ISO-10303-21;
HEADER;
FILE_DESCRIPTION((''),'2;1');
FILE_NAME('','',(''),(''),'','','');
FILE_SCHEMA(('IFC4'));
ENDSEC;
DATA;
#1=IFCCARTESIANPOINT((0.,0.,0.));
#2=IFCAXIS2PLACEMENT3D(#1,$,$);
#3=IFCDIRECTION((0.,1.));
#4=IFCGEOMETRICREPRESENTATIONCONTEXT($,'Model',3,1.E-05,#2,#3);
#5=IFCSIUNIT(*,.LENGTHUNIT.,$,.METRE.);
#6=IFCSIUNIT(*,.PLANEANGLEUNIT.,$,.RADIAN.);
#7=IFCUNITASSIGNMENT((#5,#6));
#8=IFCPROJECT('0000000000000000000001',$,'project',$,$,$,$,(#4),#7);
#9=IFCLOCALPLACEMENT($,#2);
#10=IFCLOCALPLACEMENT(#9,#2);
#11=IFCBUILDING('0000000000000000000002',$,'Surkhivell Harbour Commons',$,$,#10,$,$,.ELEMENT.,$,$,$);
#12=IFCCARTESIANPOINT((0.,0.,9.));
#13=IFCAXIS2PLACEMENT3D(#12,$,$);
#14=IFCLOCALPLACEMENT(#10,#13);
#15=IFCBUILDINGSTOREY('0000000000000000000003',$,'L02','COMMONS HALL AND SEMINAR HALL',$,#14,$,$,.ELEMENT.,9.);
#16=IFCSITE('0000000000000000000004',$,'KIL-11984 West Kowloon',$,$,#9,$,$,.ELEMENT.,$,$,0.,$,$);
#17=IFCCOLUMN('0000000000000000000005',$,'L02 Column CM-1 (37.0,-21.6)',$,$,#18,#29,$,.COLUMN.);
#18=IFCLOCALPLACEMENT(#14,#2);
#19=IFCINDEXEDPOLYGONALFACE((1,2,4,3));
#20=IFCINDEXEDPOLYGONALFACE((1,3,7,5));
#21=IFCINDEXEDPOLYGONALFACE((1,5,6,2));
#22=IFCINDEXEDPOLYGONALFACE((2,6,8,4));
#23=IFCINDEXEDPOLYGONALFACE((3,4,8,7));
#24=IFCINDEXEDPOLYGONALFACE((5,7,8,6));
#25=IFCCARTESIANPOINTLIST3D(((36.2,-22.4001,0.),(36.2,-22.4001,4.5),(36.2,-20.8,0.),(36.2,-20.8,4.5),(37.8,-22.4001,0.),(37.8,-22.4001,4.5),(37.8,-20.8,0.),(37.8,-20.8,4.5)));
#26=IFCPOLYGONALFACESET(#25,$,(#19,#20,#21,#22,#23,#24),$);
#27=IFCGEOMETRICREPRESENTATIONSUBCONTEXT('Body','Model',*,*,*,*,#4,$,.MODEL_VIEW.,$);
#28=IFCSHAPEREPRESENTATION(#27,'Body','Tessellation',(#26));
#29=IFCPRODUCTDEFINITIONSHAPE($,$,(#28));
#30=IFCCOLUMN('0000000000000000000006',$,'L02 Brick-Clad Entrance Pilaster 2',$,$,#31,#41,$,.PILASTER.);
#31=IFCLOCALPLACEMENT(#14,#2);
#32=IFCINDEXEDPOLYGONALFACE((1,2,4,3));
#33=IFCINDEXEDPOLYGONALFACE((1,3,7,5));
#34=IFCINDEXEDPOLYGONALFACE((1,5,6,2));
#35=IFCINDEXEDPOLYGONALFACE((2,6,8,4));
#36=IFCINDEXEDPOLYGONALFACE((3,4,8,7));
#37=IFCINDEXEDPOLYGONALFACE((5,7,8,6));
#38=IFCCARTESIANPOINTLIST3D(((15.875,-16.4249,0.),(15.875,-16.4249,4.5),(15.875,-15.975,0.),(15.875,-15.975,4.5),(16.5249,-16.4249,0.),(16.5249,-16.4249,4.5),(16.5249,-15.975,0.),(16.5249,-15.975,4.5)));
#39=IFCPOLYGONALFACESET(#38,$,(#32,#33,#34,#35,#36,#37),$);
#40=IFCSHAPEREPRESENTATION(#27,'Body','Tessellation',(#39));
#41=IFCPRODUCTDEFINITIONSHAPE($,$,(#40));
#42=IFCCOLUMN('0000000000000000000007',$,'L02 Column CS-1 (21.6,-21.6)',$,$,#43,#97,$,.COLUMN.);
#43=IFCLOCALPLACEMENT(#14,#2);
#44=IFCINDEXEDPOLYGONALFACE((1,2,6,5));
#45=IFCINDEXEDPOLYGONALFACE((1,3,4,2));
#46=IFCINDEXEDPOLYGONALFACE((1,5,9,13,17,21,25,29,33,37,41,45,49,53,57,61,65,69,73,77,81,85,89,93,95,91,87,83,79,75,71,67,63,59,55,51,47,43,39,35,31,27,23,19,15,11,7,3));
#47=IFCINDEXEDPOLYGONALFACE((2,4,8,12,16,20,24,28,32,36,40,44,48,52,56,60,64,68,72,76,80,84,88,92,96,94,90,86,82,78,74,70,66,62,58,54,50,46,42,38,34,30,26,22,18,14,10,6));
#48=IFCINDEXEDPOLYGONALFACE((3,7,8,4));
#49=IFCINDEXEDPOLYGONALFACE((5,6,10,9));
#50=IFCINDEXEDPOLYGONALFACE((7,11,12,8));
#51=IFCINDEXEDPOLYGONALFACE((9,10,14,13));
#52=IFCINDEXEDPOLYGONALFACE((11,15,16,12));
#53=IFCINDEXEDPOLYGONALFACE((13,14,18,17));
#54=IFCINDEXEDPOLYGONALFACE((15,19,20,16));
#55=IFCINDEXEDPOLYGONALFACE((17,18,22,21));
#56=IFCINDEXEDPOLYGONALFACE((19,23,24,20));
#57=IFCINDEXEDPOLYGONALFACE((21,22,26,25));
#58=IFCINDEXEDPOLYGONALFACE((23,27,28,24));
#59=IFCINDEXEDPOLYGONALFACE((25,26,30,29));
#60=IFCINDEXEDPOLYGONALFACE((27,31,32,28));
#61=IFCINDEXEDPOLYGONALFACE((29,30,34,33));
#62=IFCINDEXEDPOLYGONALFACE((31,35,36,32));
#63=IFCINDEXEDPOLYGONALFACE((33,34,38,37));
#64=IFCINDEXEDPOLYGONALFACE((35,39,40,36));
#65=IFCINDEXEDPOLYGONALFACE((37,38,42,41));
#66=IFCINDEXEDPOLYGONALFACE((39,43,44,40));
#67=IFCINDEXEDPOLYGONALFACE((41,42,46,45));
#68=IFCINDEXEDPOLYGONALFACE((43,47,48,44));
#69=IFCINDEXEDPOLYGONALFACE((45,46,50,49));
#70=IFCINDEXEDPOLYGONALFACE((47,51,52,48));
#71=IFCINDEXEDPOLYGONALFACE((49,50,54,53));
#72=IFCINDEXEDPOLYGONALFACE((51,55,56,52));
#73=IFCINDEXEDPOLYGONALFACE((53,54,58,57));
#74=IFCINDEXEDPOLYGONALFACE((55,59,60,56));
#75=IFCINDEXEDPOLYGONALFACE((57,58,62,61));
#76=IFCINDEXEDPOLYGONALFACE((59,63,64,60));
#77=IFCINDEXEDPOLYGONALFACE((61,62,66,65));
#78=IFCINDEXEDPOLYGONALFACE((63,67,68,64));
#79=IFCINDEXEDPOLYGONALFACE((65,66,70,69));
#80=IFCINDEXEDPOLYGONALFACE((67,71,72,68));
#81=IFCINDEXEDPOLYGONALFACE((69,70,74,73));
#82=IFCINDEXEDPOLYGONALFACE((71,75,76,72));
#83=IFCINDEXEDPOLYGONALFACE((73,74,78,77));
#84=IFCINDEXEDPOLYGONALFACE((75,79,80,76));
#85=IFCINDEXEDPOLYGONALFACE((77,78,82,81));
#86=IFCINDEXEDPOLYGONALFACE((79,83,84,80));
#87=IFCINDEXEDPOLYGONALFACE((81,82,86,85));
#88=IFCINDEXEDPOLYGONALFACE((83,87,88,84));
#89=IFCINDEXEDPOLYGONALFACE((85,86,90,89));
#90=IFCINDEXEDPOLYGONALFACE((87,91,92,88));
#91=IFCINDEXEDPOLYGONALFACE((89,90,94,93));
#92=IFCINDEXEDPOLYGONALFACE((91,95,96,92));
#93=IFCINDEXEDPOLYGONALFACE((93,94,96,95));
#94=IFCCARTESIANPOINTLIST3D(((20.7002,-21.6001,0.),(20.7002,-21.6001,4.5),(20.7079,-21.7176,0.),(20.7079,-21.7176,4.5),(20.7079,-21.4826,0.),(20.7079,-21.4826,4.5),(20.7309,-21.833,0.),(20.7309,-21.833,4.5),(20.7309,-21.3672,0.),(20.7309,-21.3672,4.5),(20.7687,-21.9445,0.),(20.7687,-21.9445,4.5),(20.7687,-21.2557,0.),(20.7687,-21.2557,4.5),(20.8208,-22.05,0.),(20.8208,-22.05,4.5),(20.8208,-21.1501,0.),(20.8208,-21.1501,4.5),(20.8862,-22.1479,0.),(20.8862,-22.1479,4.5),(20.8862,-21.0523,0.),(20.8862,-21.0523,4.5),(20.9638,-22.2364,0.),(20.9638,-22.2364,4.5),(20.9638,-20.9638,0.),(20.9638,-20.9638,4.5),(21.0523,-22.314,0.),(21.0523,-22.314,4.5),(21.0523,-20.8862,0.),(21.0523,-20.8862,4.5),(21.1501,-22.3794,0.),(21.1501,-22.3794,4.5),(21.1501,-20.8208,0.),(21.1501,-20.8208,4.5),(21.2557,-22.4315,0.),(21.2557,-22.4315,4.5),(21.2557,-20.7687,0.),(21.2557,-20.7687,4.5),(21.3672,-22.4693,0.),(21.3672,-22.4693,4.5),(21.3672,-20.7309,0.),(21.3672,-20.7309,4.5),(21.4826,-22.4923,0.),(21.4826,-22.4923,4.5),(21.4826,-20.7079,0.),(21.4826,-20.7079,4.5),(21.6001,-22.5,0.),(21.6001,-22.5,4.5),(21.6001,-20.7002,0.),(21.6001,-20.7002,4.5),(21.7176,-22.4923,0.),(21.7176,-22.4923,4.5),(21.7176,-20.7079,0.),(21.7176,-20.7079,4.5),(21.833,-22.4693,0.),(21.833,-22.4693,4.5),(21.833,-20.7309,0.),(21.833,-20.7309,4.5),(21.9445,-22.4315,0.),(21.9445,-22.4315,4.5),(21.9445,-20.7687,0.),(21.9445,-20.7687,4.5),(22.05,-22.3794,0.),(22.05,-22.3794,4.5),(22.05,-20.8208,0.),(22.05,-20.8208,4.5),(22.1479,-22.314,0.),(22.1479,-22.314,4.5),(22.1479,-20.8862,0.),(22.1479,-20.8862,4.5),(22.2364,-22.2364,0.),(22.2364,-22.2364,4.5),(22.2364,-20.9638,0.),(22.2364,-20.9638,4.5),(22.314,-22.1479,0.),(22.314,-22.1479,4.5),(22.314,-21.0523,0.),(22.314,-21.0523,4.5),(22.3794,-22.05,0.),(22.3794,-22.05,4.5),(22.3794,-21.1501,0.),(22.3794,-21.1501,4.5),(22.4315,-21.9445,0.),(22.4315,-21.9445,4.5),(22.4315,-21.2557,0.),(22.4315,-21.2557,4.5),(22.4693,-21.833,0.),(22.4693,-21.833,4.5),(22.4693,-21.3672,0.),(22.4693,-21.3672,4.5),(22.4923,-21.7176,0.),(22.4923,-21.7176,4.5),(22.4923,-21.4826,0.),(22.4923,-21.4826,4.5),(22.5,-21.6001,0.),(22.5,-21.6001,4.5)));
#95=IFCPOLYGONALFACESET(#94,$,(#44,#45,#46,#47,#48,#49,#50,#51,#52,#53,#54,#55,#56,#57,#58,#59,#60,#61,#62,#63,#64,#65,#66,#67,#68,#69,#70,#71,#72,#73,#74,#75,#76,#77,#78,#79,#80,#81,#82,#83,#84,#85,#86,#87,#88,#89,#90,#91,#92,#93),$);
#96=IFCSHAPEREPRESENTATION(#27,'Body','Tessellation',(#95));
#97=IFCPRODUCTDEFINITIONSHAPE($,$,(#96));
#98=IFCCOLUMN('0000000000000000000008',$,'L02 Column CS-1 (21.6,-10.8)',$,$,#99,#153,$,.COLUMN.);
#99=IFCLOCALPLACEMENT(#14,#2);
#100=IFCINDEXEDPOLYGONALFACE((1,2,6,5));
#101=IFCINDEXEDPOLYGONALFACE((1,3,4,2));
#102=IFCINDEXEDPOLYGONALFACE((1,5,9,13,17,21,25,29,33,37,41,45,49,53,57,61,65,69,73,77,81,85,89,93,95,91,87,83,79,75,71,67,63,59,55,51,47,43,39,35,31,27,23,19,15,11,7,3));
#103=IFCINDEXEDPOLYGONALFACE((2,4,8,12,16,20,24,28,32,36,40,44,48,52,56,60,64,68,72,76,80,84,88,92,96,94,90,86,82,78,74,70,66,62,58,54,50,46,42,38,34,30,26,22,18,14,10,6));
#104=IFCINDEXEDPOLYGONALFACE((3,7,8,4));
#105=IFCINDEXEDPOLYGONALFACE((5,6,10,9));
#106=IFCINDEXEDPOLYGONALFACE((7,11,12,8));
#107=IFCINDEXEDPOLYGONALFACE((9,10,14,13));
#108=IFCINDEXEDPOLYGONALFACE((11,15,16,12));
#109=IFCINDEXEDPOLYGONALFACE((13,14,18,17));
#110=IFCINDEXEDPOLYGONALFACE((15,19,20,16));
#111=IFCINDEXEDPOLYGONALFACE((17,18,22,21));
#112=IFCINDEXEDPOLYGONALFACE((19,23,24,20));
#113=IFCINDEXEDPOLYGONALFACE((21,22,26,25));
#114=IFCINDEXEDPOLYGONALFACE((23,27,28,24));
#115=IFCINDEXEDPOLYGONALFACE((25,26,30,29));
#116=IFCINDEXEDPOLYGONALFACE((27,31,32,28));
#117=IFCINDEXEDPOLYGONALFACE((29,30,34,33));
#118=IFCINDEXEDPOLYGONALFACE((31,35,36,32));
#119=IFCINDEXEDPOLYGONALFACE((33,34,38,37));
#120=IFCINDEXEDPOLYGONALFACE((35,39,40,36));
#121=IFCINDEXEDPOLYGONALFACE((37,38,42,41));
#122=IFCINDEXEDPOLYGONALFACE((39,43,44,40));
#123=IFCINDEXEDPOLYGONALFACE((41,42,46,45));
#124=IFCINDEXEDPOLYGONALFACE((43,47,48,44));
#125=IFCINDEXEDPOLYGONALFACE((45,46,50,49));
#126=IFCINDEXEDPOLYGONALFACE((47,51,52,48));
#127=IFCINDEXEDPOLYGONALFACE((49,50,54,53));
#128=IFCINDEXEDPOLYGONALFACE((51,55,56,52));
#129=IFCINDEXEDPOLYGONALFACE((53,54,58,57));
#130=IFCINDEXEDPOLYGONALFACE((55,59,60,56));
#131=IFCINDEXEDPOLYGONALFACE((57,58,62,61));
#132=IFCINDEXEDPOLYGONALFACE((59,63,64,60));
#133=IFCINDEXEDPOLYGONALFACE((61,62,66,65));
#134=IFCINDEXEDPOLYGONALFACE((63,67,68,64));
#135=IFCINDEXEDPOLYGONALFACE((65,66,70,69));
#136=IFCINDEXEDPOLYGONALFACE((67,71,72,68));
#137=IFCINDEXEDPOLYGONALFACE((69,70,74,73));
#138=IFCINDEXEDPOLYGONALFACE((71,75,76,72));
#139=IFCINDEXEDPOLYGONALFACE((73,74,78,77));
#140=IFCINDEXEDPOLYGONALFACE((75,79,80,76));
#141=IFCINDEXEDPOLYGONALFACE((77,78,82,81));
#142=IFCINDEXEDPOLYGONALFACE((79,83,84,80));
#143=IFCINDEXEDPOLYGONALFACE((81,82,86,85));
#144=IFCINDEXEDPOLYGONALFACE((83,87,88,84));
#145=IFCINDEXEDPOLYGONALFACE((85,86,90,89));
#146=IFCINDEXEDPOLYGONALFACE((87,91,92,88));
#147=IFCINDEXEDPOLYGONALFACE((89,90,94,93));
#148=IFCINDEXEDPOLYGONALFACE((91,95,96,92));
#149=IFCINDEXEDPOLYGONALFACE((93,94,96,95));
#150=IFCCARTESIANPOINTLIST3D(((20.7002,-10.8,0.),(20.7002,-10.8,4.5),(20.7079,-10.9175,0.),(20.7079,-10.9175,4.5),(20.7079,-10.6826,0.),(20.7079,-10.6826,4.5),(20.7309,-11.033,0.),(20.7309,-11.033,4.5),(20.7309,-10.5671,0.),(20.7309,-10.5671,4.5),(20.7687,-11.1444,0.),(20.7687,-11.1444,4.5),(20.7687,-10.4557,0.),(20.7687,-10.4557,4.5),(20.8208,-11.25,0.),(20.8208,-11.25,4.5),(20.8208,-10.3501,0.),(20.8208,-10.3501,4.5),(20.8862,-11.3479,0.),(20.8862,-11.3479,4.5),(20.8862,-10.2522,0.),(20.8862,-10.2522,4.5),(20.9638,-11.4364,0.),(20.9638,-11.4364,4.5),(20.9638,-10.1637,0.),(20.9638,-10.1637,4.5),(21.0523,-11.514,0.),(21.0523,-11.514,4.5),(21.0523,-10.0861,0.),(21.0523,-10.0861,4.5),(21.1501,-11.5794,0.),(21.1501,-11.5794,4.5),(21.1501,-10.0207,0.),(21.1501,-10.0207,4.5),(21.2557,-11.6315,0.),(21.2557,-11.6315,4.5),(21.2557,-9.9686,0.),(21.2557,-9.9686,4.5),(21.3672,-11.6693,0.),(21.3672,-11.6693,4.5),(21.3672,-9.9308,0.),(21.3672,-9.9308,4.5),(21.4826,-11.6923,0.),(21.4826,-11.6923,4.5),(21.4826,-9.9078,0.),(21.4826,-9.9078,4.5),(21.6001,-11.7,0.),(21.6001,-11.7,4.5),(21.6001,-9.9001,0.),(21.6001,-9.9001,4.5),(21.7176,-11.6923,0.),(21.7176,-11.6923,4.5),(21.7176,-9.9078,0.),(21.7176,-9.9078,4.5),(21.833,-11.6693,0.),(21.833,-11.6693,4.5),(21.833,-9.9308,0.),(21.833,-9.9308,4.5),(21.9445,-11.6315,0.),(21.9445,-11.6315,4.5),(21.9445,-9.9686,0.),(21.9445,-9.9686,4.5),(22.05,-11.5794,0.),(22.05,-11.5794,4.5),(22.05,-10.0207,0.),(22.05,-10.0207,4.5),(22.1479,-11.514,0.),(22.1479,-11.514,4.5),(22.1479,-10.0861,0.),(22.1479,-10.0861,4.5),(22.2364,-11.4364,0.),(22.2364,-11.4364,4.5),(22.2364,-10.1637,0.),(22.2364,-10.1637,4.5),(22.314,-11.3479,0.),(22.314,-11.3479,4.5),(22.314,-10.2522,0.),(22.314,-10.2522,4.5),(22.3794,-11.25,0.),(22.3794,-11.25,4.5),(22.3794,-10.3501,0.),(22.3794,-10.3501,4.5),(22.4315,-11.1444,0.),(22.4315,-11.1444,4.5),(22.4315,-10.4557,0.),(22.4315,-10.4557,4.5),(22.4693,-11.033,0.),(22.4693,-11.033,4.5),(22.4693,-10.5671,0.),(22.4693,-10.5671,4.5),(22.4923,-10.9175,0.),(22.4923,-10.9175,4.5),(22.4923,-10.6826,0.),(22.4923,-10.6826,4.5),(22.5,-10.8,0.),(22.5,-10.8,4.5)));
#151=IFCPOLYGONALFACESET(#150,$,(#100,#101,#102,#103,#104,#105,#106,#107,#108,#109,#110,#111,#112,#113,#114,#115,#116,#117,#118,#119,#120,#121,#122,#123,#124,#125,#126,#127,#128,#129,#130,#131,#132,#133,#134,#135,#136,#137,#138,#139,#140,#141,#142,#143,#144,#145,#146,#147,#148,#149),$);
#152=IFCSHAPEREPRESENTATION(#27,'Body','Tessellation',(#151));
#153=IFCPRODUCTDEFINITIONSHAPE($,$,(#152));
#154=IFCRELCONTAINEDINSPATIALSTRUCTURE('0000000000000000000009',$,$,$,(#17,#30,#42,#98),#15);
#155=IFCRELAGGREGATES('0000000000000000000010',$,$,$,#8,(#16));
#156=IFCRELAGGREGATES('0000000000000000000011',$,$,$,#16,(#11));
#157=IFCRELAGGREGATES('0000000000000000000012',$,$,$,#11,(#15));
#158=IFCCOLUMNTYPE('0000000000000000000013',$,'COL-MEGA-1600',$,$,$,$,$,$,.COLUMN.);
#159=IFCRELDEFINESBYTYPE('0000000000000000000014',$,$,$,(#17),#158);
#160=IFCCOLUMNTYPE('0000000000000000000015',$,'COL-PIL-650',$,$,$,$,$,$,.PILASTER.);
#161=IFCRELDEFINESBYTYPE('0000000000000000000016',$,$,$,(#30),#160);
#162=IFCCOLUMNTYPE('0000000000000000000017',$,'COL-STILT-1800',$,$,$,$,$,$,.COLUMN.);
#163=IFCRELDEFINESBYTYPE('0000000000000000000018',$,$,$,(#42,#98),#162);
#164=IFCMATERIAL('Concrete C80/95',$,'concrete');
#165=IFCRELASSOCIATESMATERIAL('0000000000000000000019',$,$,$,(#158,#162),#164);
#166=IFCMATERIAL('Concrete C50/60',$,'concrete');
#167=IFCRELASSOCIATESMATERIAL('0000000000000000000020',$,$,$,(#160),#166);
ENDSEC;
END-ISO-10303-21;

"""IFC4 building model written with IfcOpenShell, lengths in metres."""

from ifc_helpers import new_model, si_unit, direction, frame, origin, origin_2d, place, context, subcontext, project, spatial, rectangle, circle, extrude, material, material_profile, profile_set, type_object, element, save


model = new_model("IFC4")

# Units and contexts
model_context = context("Model", 3, precision=1e-05, world=origin(), true_north=direction((0.0, 1.0)))
body_context = subcontext(model_context, "Body", "Model", "MODEL_VIEW")
ifc_project = project(units=[si_unit("LENGTHUNIT", "METRE"), si_unit("PLANEANGLEUNIT", "RADIAN")], contexts=[model_context])

# Site, building, storey
site_placement = place(None, origin())
site = spatial("IfcSite", under=ifc_project, at=site_placement, Name="KIL-11984 West Kowloon", CompositionType="ELEMENT", RefElevation=0.0)
building_placement = place(site_placement, origin())
building = spatial("IfcBuilding", under=site, at=building_placement, Name="Surkhivell Harbour Commons", CompositionType="ELEMENT")
storey_placement = place(building_placement, frame((0.0, 0.0, 9.0)))
storey = spatial("IfcBuildingStorey", under=building, at=storey_placement, Name="L02", Description="COMMONS HALL AND SEMINAR HALL", CompositionType="ELEMENT", Elevation=9.0)

# Columns
ifc_material_1 = material(Name="Concrete C80/95", Category="concrete")
ifc_material_profile_1 = material_profile(ifc_material_1, rectangle(XDim=1.6001, YDim=1.6001, at=origin_2d()), Name="RC-COL-1600x1600")
ifc_profile_set_1 = profile_set([ifc_material_profile_1], Name="Concrete C80/95")
column_type_1 = type_object("IfcColumnType", Name="COL-MEGA-1600", PredefinedType="COLUMN", material=ifc_profile_set_1)
column_1_placement = place(storey_placement, frame((37.0, -21.6001, 0.0), z_axis=(0.0, 0.0, 1.0), x_axis=(1.0, 0.0, 0.0)))
element("IfcColumn", 1, at=column_1_placement, inside=storey, type_object=column_type_1, Name="L02 Column CM-1 (37.0,-21.6)", PredefinedType="COLUMN", context=body_context, shape_type="SweptSolid", body=[
    extrude(rectangle(XDim=1.6001, YDim=1.6001, at=origin_2d()), origin(), (0.0, 0.0, 1.0), 4.5),
])
ifc_material_2 = material(Name="Concrete C50/60", Category="concrete")
ifc_material_profile_2 = material_profile(ifc_material_2, rectangle(XDim=0.6499, YDim=0.45, at=origin_2d()), Name="RC-PIL-650x450")
ifc_profile_set_2 = profile_set([ifc_material_profile_2], Name="Concrete C50/60")
column_type_2 = type_object("IfcColumnType", Name="COL-PIL-650", PredefinedType="PILASTER", material=ifc_profile_set_2)
column_2_placement = place(storey_placement, frame((16.2, -16.2, 0.0), z_axis=(0.0, 0.0, 1.0), x_axis=(1.0, 0.0, 0.0)))
element("IfcColumn", 2, at=column_2_placement, inside=storey, type_object=column_type_2, Name="L02 Brick-Clad Entrance Pilaster 2", PredefinedType="PILASTER", context=body_context, shape_type="SweptSolid", body=[
    extrude(rectangle(XDim=0.6499, YDim=0.45, at=origin_2d()), origin(), (0.0, 0.0, 1.0), 4.5),
])
ifc_material_profile_3 = material_profile(ifc_material_1, circle(Radius=0.8999, at=origin_2d()), Name="RC-CIRC-1800")
ifc_profile_set_3 = profile_set([ifc_material_profile_3], Name="Concrete C80/95")
column_type_3 = type_object("IfcColumnType", Name="COL-STILT-1800", PredefinedType="COLUMN", material=ifc_profile_set_3)
for number, where, z_axis, x_axis, name in (
    (3, (21.6001, -21.6001, 0.0), (0.0, 0.0, 1.0), (1.0, 0.0, 0.0), "L02 Column CS-1 (21.6,-21.6)"),
    (4, (21.6001, -10.8, 0.0), (0.0, 0.0, 1.0), (1.0, 0.0, 0.0), "L02 Column CS-1 (21.6,-10.8)"),
):
    element("IfcColumn", number, at=place(storey_placement, frame(where, z_axis=z_axis, x_axis=x_axis)), inside=storey, type_object=column_type_3, Name=name, PredefinedType="COLUMN", context=body_context, shape_type="SweptSolid", body=[
        extrude(circle(Radius=0.8999, at=origin_2d()), origin(), (0.0, 0.0, 1.0), 4.5),
    ])

save(model, "model.ifc")
